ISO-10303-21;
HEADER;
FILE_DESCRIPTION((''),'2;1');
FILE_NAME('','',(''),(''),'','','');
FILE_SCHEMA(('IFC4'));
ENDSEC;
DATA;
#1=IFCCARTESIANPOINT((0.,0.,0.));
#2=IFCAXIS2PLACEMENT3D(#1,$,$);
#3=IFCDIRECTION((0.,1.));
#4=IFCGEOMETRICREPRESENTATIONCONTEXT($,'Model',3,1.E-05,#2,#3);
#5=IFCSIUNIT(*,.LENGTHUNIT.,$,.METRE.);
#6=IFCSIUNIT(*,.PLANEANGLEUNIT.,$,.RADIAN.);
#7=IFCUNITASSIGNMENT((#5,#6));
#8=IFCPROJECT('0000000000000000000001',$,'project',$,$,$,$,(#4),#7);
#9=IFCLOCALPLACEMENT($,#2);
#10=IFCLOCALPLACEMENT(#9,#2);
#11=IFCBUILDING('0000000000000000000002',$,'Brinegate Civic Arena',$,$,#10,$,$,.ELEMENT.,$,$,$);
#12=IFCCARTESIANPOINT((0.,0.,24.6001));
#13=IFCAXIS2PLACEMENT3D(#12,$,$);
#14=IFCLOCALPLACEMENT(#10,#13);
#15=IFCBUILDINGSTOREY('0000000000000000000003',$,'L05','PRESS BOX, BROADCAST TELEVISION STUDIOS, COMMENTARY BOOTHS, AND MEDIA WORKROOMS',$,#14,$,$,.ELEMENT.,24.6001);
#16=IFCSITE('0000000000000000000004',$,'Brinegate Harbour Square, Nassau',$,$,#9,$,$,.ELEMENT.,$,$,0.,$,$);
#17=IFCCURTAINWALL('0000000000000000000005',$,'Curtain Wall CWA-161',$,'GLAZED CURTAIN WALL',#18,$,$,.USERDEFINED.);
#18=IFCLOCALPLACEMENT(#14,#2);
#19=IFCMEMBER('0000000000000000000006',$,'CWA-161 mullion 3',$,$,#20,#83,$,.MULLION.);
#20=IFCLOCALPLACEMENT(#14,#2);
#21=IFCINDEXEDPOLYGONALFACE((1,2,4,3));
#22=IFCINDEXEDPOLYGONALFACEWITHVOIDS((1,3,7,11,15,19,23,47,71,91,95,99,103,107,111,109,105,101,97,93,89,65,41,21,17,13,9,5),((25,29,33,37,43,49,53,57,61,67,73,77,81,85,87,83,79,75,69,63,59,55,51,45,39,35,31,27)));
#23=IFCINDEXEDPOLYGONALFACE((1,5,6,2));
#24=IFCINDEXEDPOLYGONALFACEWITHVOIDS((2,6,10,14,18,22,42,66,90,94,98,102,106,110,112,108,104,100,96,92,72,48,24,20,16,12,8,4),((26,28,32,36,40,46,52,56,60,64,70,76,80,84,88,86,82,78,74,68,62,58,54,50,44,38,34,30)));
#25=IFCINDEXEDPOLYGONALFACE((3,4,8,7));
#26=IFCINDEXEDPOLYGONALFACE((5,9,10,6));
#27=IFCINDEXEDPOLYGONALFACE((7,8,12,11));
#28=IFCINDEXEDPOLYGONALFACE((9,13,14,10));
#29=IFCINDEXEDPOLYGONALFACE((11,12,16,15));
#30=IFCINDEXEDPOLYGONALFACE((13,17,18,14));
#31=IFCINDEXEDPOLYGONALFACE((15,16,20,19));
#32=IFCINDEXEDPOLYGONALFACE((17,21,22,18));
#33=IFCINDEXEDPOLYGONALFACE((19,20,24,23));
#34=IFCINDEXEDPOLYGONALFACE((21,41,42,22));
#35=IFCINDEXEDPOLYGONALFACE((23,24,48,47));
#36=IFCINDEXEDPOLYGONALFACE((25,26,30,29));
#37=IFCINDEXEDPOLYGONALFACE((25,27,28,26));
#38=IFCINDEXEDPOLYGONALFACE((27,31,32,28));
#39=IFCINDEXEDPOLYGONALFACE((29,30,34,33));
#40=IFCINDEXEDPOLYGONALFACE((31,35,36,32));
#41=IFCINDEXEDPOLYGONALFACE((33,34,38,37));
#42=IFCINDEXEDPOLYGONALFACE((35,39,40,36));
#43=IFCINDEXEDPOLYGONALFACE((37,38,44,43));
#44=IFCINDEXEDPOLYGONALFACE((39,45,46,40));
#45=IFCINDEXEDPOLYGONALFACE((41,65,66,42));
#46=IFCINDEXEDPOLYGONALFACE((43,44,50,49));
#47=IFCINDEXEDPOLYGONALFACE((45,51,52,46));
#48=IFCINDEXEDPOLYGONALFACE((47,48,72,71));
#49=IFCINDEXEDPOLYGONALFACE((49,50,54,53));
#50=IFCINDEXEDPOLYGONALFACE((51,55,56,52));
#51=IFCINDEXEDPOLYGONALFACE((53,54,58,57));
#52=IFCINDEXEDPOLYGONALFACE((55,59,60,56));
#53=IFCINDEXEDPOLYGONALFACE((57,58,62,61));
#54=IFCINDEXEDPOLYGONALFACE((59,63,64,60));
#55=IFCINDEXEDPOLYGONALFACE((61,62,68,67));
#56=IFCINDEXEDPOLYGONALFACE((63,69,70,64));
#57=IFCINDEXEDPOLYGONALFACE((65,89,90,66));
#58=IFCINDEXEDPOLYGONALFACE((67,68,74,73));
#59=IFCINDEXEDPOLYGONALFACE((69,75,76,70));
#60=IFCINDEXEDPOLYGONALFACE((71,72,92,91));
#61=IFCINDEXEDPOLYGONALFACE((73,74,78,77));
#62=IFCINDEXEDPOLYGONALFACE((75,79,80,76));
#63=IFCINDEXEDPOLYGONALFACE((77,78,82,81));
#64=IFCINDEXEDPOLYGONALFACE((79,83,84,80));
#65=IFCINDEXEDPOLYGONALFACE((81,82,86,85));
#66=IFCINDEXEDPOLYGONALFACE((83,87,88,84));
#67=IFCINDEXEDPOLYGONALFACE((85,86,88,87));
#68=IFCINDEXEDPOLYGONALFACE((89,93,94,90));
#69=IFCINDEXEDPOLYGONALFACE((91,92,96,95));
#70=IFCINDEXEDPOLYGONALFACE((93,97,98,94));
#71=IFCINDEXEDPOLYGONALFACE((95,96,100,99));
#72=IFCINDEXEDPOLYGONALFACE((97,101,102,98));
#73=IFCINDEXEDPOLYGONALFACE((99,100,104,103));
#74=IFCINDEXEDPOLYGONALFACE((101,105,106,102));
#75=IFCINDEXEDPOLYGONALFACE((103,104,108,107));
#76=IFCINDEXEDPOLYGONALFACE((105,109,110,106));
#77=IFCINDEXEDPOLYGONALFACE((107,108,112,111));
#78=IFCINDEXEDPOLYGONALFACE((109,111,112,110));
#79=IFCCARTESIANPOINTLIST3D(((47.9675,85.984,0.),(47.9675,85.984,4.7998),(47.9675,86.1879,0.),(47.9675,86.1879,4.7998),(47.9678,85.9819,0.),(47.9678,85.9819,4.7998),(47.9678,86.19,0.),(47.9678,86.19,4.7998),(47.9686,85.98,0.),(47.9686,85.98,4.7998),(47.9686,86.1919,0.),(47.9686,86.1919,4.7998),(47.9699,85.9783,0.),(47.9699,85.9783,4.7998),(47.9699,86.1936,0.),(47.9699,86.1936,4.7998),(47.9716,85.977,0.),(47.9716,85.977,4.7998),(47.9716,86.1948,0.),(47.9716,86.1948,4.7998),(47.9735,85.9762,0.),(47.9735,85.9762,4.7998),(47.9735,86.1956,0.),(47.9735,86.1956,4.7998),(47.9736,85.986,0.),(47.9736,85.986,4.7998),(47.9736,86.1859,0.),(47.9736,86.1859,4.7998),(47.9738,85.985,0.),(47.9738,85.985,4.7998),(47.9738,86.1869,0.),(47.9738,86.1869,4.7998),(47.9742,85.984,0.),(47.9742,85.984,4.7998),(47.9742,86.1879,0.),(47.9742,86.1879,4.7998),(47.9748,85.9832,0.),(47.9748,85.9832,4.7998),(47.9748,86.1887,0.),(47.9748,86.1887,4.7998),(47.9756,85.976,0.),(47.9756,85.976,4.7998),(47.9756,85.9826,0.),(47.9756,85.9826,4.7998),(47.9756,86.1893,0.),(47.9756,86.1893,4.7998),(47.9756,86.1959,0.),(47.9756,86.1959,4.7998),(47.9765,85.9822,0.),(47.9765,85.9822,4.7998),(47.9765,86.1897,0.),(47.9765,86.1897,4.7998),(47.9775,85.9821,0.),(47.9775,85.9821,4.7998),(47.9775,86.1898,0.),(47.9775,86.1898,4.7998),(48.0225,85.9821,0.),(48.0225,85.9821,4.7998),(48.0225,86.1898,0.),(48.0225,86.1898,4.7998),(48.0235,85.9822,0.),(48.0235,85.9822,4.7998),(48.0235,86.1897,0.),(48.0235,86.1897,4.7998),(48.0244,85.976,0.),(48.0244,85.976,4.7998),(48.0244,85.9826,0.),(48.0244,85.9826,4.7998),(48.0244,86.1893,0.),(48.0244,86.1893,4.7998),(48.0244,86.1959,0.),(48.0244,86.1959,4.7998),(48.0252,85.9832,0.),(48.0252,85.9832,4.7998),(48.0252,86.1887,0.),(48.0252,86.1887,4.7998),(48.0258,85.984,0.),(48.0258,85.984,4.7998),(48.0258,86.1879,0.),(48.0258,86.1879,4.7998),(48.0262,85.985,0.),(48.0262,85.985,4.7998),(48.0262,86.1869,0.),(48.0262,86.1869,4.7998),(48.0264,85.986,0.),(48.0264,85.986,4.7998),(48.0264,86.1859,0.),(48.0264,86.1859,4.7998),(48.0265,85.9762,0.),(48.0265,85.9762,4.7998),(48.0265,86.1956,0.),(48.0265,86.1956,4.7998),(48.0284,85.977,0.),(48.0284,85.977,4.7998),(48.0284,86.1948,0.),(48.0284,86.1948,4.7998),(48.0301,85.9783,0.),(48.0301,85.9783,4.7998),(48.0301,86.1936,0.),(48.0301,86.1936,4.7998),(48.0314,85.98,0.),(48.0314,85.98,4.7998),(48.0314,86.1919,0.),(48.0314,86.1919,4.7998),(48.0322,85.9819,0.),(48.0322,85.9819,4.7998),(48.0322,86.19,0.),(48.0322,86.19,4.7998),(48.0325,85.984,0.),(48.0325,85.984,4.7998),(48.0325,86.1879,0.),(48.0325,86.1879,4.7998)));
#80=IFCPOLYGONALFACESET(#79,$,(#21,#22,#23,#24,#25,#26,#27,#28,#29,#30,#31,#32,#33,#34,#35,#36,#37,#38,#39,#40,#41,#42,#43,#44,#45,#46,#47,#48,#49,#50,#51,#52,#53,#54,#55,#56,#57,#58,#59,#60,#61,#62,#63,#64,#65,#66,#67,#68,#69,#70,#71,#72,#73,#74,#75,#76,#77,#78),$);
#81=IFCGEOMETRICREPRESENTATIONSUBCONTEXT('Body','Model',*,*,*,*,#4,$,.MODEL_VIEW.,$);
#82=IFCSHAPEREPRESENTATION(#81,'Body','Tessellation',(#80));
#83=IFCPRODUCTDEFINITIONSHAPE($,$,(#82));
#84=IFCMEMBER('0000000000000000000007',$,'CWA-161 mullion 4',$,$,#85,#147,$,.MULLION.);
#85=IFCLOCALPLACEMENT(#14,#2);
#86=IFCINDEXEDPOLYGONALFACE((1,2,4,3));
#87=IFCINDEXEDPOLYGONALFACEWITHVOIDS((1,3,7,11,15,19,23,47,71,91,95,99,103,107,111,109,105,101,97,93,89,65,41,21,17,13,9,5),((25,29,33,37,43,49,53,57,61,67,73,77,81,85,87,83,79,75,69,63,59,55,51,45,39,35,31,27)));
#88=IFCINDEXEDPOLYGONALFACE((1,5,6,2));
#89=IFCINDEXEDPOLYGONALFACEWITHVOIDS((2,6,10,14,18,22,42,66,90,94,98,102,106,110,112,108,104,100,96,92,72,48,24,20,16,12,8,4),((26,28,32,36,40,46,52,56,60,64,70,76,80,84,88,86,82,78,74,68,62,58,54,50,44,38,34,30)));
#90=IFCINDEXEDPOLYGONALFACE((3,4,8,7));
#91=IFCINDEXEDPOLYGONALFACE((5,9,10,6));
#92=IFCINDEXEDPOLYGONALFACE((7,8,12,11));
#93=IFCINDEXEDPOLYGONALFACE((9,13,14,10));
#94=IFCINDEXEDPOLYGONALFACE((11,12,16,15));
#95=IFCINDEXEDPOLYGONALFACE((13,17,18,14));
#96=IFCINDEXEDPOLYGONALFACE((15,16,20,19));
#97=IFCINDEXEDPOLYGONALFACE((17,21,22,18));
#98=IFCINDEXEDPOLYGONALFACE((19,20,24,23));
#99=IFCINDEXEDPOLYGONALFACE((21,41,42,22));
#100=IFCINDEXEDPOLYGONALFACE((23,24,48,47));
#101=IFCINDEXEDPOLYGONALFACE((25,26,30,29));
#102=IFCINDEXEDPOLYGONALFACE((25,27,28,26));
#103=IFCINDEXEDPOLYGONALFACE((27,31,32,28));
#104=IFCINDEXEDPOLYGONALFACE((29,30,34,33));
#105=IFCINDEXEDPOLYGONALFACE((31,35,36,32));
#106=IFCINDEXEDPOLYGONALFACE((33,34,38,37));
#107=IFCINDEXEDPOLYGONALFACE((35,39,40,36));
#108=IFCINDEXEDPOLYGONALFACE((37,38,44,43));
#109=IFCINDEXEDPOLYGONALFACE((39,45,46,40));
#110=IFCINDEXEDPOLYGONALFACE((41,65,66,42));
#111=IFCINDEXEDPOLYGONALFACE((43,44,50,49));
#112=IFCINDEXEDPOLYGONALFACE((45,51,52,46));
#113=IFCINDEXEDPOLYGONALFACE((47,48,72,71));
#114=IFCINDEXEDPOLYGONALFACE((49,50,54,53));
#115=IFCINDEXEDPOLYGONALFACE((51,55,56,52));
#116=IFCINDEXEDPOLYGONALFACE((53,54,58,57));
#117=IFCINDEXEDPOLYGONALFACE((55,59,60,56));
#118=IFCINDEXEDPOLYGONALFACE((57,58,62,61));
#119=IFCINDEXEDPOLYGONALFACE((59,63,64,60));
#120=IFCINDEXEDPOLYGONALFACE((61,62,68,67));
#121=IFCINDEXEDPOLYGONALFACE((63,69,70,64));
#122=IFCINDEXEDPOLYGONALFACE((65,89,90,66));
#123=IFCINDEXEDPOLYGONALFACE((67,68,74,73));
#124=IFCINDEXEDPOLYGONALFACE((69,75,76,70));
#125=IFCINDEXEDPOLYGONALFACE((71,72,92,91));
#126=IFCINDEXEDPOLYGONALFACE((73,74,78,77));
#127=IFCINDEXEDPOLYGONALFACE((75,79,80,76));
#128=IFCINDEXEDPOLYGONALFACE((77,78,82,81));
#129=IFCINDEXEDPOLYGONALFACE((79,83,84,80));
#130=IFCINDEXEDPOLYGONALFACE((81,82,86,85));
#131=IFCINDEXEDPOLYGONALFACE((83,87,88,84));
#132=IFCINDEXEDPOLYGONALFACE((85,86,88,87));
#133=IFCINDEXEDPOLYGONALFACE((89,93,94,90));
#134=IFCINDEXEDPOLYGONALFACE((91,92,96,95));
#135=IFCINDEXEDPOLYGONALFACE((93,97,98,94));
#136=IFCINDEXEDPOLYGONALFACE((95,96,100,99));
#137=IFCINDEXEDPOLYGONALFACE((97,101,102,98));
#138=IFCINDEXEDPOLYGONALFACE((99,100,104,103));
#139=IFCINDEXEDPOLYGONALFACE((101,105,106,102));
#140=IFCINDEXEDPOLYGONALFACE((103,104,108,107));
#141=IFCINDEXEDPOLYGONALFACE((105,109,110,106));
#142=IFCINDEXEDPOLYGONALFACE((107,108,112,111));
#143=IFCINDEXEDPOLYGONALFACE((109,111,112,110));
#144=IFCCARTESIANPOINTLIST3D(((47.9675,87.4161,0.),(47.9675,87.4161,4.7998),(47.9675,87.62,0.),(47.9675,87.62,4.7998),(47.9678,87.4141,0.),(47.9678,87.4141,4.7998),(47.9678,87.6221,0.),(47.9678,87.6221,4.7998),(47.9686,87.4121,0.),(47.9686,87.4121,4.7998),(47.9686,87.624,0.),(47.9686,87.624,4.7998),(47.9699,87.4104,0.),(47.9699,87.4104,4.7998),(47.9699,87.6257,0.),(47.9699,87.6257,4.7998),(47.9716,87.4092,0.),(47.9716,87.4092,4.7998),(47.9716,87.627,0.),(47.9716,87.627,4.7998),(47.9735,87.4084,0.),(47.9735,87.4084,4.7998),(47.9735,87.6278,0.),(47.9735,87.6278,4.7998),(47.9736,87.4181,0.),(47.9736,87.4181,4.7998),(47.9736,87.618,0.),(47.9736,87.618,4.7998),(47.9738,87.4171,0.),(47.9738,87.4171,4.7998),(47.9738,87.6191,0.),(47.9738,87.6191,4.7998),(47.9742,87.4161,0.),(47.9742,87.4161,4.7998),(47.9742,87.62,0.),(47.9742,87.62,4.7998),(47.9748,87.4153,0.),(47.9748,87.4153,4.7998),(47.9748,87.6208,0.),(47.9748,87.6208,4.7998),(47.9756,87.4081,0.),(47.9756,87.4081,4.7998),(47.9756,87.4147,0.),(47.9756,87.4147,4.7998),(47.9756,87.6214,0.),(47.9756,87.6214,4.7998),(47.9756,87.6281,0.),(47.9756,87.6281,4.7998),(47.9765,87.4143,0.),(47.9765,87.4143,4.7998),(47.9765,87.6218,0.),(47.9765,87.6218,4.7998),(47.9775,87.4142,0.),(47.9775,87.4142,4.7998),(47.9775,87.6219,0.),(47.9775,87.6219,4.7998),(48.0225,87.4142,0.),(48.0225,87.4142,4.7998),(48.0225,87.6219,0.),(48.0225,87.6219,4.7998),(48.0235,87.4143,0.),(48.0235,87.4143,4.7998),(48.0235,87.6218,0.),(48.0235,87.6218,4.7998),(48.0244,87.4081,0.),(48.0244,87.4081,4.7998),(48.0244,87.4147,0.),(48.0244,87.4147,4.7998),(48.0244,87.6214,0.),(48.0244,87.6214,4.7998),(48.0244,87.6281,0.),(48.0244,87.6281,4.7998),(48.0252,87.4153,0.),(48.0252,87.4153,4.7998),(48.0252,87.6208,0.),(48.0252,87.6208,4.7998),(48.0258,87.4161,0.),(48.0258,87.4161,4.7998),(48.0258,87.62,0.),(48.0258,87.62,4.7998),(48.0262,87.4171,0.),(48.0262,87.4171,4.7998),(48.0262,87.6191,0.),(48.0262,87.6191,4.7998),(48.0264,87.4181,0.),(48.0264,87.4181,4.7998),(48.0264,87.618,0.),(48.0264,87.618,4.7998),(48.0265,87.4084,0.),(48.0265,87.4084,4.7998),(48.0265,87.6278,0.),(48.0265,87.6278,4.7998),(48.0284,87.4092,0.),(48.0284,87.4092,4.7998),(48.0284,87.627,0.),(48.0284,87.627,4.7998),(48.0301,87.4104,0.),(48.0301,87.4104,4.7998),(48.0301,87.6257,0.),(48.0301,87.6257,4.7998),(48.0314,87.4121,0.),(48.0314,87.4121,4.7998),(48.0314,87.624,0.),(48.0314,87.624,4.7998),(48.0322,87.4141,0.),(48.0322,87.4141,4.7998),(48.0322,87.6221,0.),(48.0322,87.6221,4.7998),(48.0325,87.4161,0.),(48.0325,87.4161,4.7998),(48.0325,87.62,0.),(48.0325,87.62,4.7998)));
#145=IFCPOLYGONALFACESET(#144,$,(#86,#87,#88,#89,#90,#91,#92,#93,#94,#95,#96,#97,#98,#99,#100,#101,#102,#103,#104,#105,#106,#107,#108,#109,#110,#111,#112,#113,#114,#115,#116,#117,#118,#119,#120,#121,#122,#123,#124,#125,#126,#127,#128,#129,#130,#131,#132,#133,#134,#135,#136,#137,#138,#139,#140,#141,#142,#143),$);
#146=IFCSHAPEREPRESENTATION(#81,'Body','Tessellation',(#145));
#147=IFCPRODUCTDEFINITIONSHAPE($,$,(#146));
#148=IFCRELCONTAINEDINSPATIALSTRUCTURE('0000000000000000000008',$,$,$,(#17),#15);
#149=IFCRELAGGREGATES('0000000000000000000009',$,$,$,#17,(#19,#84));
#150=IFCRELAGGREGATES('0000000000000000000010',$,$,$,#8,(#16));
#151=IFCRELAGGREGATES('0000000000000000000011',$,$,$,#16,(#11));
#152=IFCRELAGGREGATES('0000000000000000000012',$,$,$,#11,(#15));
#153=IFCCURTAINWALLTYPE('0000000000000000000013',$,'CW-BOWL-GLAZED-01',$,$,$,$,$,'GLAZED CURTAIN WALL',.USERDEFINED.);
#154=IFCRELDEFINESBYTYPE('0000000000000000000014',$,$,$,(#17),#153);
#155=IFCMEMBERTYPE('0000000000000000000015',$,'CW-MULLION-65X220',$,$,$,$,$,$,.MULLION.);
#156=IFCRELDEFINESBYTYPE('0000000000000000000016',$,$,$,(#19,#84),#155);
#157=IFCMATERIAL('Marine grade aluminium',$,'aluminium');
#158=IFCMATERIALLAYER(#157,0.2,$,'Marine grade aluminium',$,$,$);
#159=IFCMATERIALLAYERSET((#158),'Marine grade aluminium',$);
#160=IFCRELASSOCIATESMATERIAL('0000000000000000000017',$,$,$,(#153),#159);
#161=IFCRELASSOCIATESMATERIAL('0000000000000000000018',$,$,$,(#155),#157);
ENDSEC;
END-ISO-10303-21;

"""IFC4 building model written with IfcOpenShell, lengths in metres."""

from ifc_helpers import new_model, si_unit, direction, frame, origin, origin_2d, place, context, subcontext, project, spatial, hollow_rectangle, extrude, material, layer, layer_set, material_profile, profile_set, type_object, element, aggregate, save


model = new_model("IFC4")

# Units and contexts
model_context = context("Model", 3, precision=1e-05, world=origin(), true_north=direction((0.0, 1.0)))
body_context = subcontext(model_context, "Body", "Model", "MODEL_VIEW")
ifc_project = project(units=[si_unit("LENGTHUNIT", "METRE"), si_unit("PLANEANGLEUNIT", "RADIAN")], contexts=[model_context])

# Site, building, storey
site_placement = place(None, origin())
site = spatial("IfcSite", under=ifc_project, at=site_placement, Name="Brinegate Harbour Square, Nassau", CompositionType="ELEMENT", RefElevation=0.0)
building_placement = place(site_placement, origin())
building = spatial("IfcBuilding", under=site, at=building_placement, Name="Brinegate Civic Arena", CompositionType="ELEMENT")
storey_placement = place(building_placement, frame((0.0, 0.0, 24.6001)))
storey = spatial("IfcBuildingStorey", under=building, at=storey_placement, Name="L05", Description="PRESS BOX, BROADCAST TELEVISION STUDIOS, COMMENTARY BOOTHS, AND MEDIA WORKROOMS", CompositionType="ELEMENT", Elevation=24.6001)

# Curtain wall, members
ifc_material_1 = material(Name="Marine grade aluminium", Category="aluminium")
ifc_layer_1 = layer(ifc_material_1, 0.2, Name="Marine grade aluminium")
ifc_layer_set_1 = layer_set([ifc_layer_1], Name="Marine grade aluminium")
curtain_wall_type = type_object("IfcCurtainWallType", Name="CW-BOWL-GLAZED-01", ElementType="GLAZED CURTAIN WALL", PredefinedType="USERDEFINED", material=ifc_layer_set_1)
curtain_wall_placement = place(storey_placement, origin())
curtain_wall = element("IfcCurtainWall", 1, at=curtain_wall_placement, inside=storey, type_object=curtain_wall_type, Name="Curtain Wall CWA-161", ObjectType="GLAZED CURTAIN WALL", PredefinedType="USERDEFINED")
ifc_material_profile_1 = material_profile(ifc_material_1, hollow_rectangle(XDim=0.0649, YDim=0.22, WallThickness=0.0061, InnerFilletRadius=0.0039, OuterFilletRadius=0.0081, at=origin_2d()), Name="MUL65X220")
ifc_profile_set_1 = profile_set([ifc_material_profile_1], Name="Marine grade aluminium")
member_type_1 = type_object("IfcMemberType", Name="CW-MULLION-65X220", PredefinedType="MULLION", material=ifc_profile_set_1)
member_1_placement = place(storey_placement, frame((48.0, 86.0859, 0.0), z_axis=(0.0, 0.0, 1.0), x_axis=(-1.0, 0.0, 0.0)))
member_1 = element("IfcMember", 2, at=member_1_placement, type_object=member_type_1, Name="CWA-161 mullion 3", PredefinedType="MULLION", context=body_context, shape_type="SweptSolid", body=[
    extrude(hollow_rectangle(XDim=0.0649, YDim=0.22, WallThickness=0.0061, InnerFilletRadius=0.0039, OuterFilletRadius=0.0081, at=origin_2d()), origin(), (0.0, 0.0, 1.0), 4.7998),
])
member_2_placement = place(storey_placement, frame((48.0, 87.5181, 0.0), z_axis=(0.0, 0.0, 1.0), x_axis=(-1.0, 0.0, 0.0)))
member_2 = element("IfcMember", 3, at=member_2_placement, type_object=member_type_1, Name="CWA-161 mullion 4", PredefinedType="MULLION", context=body_context, shape_type="SweptSolid", body=[
    extrude(hollow_rectangle(XDim=0.0649, YDim=0.22, WallThickness=0.0061, InnerFilletRadius=0.0039, OuterFilletRadius=0.0081, at=origin_2d()), origin(), (0.0, 0.0, 1.0), 4.7998),
])
aggregate(curtain_wall, [member_1, member_2])

save(model, "model.ifc")
